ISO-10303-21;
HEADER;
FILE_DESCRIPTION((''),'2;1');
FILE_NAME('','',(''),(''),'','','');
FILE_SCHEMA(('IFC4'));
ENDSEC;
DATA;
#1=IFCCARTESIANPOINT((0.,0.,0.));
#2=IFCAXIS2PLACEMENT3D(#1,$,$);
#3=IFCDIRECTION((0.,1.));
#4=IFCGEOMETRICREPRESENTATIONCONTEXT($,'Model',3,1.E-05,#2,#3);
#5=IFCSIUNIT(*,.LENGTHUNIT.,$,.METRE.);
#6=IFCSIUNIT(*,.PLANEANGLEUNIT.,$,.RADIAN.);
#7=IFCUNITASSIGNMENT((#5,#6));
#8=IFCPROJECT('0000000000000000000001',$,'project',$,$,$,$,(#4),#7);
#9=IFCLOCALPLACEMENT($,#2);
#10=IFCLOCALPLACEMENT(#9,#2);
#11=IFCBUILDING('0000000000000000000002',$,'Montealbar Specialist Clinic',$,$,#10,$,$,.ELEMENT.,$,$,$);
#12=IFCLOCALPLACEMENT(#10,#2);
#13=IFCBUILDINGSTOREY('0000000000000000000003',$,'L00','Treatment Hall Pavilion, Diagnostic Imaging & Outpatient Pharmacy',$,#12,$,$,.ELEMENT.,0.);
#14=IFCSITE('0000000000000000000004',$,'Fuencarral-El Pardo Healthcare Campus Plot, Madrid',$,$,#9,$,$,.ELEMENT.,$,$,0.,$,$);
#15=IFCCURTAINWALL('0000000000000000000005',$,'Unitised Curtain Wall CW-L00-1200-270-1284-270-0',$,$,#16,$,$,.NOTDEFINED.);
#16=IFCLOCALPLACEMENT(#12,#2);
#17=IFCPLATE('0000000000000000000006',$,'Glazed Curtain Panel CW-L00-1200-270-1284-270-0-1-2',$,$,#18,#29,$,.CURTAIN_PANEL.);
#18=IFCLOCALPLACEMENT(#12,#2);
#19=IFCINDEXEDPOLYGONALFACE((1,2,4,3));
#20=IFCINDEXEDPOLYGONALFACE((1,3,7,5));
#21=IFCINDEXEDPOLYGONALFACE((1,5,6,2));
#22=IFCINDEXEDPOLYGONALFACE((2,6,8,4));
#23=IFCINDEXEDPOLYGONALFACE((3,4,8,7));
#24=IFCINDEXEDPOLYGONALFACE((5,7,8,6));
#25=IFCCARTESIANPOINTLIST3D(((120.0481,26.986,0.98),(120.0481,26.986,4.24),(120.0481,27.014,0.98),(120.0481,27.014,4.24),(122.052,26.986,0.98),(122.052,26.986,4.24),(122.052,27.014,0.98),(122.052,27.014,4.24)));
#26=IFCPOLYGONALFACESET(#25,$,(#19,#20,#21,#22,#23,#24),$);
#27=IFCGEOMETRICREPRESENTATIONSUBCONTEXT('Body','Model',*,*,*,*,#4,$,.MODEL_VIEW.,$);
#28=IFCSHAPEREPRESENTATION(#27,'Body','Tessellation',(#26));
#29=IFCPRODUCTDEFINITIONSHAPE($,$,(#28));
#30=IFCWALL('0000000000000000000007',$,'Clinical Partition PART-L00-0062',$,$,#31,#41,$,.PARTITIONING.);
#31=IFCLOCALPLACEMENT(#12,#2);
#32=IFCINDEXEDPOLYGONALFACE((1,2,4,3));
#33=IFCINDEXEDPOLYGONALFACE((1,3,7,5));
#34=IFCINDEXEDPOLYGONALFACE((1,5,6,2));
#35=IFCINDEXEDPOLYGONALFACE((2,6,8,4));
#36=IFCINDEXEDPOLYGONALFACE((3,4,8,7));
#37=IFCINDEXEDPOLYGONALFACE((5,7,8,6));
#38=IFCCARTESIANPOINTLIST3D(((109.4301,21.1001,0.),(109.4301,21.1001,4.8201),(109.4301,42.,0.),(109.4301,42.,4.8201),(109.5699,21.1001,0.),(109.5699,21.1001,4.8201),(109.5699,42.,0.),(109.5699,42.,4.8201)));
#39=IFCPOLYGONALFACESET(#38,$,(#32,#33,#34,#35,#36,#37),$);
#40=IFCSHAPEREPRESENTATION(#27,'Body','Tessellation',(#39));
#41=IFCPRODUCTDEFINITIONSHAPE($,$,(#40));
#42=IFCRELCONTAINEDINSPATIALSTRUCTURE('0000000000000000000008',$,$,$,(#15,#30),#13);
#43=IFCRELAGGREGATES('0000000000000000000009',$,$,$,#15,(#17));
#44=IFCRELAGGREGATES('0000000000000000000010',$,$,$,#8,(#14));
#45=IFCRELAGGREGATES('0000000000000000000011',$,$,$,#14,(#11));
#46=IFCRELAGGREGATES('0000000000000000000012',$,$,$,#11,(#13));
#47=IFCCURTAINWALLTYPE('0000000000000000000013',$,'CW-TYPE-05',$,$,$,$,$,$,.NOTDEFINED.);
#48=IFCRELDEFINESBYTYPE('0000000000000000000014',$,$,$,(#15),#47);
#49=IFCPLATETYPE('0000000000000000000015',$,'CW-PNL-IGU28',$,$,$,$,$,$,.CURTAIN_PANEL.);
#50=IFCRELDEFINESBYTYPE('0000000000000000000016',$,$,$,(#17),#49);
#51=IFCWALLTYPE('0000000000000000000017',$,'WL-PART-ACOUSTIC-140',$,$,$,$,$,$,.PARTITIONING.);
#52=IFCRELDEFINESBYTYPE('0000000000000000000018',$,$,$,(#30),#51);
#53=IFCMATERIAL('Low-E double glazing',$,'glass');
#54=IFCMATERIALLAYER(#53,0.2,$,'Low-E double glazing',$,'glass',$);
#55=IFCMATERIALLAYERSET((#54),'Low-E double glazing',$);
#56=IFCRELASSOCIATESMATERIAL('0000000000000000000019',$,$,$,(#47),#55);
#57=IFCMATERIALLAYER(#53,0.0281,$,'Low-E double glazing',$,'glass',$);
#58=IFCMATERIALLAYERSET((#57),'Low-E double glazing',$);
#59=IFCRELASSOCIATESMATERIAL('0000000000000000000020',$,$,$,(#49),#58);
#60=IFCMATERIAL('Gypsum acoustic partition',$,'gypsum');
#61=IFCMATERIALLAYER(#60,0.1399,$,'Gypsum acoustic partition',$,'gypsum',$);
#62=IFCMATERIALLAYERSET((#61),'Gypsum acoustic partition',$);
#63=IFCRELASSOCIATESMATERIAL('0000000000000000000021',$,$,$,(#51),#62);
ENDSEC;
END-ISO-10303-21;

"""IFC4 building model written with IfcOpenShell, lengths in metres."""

from ifc_helpers import new_model, si_unit, direction, frame, frame_2d, origin, origin_2d, place, context, subcontext, project, spatial, rectangle, extrude, material, layer, layer_set, type_object, element, aggregate, save


model = new_model("IFC4")

# Units and contexts
model_context = context("Model", 3, precision=1e-05, world=origin(), true_north=direction((0.0, 1.0)))
body_context = subcontext(model_context, "Body", "Model", "MODEL_VIEW")
ifc_project = project(units=[si_unit("LENGTHUNIT", "METRE"), si_unit("PLANEANGLEUNIT", "RADIAN")], contexts=[model_context])

# Site, building, storey
site_placement = place(None, origin())
site = spatial("IfcSite", under=ifc_project, at=site_placement, Name="Fuencarral-El Pardo Healthcare Campus Plot, Madrid", CompositionType="ELEMENT", RefElevation=0.0)
building_placement = place(site_placement, origin())
building = spatial("IfcBuilding", under=site, at=building_placement, Name="Montealbar Specialist Clinic", CompositionType="ELEMENT")
storey_placement = place(building_placement, origin())
storey = spatial("IfcBuildingStorey", under=building, at=storey_placement, Name="L00", Description="Treatment Hall Pavilion, Diagnostic Imaging & Outpatient Pharmacy", CompositionType="ELEMENT", Elevation=0.0)

# Shared definitions
ifc_material_1 = material(Name="Low-E double glazing", Category="glass")

# Curtain wall, plate
ifc_layer_1 = layer(ifc_material_1, 0.2, Name="Low-E double glazing", Category="glass")
ifc_layer_set_1 = layer_set([ifc_layer_1], Name="Low-E double glazing")
curtain_wall_type_1 = type_object("IfcCurtainWallType", Name="CW-TYPE-05", PredefinedType="NOTDEFINED", material=ifc_layer_set_1)
curtain_wall_1_placement = place(storey_placement, origin())
curtain_wall_1 = element("IfcCurtainWall", 1, at=curtain_wall_1_placement, inside=storey, type_object=curtain_wall_type_1, Name="Unitised Curtain Wall CW-L00-1200-270-1284-270-0", PredefinedType="NOTDEFINED")
ifc_layer_2 = layer(ifc_material_1, 0.0281, Name="Low-E double glazing", Category="glass")
ifc_layer_set_2 = layer_set([ifc_layer_2], Name="Low-E double glazing")
plate_type = type_object("IfcPlateType", Name="CW-PNL-IGU28", PredefinedType="CURTAIN_PANEL", material=ifc_layer_set_2)
plate_1_placement = place(storey_placement, frame((121.05, 27.0, 0.98), z_axis=(0.0, 0.0, 1.0), x_axis=(1.0, 0.0, 0.0)))
plate_1 = element("IfcPlate", 2, at=plate_1_placement, type_object=plate_type, Name="Glazed Curtain Panel CW-L00-1200-270-1284-270-0-1-2", PredefinedType="CURTAIN_PANEL", context=body_context, shape_type="SweptSolid", body=[
    extrude(rectangle(XDim=2.0039, YDim=0.0281, at=origin_2d()), origin(), (0.0, 0.0, 1.0), 3.26),
])
aggregate(curtain_wall_1, [plate_1])

# Wall
ifc_material_2 = material(Name="Gypsum acoustic partition", Category="gypsum")
ifc_layer_3 = layer(ifc_material_2, 0.1399, Name="Gypsum acoustic partition", Category="gypsum")
ifc_layer_set_3 = layer_set([ifc_layer_3], Name="Gypsum acoustic partition")
wall_type = type_object("IfcWallType", Name="WL-PART-ACOUSTIC-140", PredefinedType="PARTITIONING", material=ifc_layer_set_3)
wall_placement = place(storey_placement, frame((109.5, 21.1001, 0.0), z_axis=(0.0, 0.0, 1.0), x_axis=(0.0, 1.0, 0.0)))
element("IfcWall", 3, at=wall_placement, inside=storey, type_object=wall_type, Name="Clinical Partition PART-L00-0062", PredefinedType="PARTITIONING", context=body_context, shape_type="SweptSolid", body=[
    extrude(rectangle(XDim=20.8999, YDim=0.1399, at=frame_2d((10.45, 0.0))), origin(), (0.0, 0.0, 1.0), 4.8201),
])

save(model, "model.ifc")
